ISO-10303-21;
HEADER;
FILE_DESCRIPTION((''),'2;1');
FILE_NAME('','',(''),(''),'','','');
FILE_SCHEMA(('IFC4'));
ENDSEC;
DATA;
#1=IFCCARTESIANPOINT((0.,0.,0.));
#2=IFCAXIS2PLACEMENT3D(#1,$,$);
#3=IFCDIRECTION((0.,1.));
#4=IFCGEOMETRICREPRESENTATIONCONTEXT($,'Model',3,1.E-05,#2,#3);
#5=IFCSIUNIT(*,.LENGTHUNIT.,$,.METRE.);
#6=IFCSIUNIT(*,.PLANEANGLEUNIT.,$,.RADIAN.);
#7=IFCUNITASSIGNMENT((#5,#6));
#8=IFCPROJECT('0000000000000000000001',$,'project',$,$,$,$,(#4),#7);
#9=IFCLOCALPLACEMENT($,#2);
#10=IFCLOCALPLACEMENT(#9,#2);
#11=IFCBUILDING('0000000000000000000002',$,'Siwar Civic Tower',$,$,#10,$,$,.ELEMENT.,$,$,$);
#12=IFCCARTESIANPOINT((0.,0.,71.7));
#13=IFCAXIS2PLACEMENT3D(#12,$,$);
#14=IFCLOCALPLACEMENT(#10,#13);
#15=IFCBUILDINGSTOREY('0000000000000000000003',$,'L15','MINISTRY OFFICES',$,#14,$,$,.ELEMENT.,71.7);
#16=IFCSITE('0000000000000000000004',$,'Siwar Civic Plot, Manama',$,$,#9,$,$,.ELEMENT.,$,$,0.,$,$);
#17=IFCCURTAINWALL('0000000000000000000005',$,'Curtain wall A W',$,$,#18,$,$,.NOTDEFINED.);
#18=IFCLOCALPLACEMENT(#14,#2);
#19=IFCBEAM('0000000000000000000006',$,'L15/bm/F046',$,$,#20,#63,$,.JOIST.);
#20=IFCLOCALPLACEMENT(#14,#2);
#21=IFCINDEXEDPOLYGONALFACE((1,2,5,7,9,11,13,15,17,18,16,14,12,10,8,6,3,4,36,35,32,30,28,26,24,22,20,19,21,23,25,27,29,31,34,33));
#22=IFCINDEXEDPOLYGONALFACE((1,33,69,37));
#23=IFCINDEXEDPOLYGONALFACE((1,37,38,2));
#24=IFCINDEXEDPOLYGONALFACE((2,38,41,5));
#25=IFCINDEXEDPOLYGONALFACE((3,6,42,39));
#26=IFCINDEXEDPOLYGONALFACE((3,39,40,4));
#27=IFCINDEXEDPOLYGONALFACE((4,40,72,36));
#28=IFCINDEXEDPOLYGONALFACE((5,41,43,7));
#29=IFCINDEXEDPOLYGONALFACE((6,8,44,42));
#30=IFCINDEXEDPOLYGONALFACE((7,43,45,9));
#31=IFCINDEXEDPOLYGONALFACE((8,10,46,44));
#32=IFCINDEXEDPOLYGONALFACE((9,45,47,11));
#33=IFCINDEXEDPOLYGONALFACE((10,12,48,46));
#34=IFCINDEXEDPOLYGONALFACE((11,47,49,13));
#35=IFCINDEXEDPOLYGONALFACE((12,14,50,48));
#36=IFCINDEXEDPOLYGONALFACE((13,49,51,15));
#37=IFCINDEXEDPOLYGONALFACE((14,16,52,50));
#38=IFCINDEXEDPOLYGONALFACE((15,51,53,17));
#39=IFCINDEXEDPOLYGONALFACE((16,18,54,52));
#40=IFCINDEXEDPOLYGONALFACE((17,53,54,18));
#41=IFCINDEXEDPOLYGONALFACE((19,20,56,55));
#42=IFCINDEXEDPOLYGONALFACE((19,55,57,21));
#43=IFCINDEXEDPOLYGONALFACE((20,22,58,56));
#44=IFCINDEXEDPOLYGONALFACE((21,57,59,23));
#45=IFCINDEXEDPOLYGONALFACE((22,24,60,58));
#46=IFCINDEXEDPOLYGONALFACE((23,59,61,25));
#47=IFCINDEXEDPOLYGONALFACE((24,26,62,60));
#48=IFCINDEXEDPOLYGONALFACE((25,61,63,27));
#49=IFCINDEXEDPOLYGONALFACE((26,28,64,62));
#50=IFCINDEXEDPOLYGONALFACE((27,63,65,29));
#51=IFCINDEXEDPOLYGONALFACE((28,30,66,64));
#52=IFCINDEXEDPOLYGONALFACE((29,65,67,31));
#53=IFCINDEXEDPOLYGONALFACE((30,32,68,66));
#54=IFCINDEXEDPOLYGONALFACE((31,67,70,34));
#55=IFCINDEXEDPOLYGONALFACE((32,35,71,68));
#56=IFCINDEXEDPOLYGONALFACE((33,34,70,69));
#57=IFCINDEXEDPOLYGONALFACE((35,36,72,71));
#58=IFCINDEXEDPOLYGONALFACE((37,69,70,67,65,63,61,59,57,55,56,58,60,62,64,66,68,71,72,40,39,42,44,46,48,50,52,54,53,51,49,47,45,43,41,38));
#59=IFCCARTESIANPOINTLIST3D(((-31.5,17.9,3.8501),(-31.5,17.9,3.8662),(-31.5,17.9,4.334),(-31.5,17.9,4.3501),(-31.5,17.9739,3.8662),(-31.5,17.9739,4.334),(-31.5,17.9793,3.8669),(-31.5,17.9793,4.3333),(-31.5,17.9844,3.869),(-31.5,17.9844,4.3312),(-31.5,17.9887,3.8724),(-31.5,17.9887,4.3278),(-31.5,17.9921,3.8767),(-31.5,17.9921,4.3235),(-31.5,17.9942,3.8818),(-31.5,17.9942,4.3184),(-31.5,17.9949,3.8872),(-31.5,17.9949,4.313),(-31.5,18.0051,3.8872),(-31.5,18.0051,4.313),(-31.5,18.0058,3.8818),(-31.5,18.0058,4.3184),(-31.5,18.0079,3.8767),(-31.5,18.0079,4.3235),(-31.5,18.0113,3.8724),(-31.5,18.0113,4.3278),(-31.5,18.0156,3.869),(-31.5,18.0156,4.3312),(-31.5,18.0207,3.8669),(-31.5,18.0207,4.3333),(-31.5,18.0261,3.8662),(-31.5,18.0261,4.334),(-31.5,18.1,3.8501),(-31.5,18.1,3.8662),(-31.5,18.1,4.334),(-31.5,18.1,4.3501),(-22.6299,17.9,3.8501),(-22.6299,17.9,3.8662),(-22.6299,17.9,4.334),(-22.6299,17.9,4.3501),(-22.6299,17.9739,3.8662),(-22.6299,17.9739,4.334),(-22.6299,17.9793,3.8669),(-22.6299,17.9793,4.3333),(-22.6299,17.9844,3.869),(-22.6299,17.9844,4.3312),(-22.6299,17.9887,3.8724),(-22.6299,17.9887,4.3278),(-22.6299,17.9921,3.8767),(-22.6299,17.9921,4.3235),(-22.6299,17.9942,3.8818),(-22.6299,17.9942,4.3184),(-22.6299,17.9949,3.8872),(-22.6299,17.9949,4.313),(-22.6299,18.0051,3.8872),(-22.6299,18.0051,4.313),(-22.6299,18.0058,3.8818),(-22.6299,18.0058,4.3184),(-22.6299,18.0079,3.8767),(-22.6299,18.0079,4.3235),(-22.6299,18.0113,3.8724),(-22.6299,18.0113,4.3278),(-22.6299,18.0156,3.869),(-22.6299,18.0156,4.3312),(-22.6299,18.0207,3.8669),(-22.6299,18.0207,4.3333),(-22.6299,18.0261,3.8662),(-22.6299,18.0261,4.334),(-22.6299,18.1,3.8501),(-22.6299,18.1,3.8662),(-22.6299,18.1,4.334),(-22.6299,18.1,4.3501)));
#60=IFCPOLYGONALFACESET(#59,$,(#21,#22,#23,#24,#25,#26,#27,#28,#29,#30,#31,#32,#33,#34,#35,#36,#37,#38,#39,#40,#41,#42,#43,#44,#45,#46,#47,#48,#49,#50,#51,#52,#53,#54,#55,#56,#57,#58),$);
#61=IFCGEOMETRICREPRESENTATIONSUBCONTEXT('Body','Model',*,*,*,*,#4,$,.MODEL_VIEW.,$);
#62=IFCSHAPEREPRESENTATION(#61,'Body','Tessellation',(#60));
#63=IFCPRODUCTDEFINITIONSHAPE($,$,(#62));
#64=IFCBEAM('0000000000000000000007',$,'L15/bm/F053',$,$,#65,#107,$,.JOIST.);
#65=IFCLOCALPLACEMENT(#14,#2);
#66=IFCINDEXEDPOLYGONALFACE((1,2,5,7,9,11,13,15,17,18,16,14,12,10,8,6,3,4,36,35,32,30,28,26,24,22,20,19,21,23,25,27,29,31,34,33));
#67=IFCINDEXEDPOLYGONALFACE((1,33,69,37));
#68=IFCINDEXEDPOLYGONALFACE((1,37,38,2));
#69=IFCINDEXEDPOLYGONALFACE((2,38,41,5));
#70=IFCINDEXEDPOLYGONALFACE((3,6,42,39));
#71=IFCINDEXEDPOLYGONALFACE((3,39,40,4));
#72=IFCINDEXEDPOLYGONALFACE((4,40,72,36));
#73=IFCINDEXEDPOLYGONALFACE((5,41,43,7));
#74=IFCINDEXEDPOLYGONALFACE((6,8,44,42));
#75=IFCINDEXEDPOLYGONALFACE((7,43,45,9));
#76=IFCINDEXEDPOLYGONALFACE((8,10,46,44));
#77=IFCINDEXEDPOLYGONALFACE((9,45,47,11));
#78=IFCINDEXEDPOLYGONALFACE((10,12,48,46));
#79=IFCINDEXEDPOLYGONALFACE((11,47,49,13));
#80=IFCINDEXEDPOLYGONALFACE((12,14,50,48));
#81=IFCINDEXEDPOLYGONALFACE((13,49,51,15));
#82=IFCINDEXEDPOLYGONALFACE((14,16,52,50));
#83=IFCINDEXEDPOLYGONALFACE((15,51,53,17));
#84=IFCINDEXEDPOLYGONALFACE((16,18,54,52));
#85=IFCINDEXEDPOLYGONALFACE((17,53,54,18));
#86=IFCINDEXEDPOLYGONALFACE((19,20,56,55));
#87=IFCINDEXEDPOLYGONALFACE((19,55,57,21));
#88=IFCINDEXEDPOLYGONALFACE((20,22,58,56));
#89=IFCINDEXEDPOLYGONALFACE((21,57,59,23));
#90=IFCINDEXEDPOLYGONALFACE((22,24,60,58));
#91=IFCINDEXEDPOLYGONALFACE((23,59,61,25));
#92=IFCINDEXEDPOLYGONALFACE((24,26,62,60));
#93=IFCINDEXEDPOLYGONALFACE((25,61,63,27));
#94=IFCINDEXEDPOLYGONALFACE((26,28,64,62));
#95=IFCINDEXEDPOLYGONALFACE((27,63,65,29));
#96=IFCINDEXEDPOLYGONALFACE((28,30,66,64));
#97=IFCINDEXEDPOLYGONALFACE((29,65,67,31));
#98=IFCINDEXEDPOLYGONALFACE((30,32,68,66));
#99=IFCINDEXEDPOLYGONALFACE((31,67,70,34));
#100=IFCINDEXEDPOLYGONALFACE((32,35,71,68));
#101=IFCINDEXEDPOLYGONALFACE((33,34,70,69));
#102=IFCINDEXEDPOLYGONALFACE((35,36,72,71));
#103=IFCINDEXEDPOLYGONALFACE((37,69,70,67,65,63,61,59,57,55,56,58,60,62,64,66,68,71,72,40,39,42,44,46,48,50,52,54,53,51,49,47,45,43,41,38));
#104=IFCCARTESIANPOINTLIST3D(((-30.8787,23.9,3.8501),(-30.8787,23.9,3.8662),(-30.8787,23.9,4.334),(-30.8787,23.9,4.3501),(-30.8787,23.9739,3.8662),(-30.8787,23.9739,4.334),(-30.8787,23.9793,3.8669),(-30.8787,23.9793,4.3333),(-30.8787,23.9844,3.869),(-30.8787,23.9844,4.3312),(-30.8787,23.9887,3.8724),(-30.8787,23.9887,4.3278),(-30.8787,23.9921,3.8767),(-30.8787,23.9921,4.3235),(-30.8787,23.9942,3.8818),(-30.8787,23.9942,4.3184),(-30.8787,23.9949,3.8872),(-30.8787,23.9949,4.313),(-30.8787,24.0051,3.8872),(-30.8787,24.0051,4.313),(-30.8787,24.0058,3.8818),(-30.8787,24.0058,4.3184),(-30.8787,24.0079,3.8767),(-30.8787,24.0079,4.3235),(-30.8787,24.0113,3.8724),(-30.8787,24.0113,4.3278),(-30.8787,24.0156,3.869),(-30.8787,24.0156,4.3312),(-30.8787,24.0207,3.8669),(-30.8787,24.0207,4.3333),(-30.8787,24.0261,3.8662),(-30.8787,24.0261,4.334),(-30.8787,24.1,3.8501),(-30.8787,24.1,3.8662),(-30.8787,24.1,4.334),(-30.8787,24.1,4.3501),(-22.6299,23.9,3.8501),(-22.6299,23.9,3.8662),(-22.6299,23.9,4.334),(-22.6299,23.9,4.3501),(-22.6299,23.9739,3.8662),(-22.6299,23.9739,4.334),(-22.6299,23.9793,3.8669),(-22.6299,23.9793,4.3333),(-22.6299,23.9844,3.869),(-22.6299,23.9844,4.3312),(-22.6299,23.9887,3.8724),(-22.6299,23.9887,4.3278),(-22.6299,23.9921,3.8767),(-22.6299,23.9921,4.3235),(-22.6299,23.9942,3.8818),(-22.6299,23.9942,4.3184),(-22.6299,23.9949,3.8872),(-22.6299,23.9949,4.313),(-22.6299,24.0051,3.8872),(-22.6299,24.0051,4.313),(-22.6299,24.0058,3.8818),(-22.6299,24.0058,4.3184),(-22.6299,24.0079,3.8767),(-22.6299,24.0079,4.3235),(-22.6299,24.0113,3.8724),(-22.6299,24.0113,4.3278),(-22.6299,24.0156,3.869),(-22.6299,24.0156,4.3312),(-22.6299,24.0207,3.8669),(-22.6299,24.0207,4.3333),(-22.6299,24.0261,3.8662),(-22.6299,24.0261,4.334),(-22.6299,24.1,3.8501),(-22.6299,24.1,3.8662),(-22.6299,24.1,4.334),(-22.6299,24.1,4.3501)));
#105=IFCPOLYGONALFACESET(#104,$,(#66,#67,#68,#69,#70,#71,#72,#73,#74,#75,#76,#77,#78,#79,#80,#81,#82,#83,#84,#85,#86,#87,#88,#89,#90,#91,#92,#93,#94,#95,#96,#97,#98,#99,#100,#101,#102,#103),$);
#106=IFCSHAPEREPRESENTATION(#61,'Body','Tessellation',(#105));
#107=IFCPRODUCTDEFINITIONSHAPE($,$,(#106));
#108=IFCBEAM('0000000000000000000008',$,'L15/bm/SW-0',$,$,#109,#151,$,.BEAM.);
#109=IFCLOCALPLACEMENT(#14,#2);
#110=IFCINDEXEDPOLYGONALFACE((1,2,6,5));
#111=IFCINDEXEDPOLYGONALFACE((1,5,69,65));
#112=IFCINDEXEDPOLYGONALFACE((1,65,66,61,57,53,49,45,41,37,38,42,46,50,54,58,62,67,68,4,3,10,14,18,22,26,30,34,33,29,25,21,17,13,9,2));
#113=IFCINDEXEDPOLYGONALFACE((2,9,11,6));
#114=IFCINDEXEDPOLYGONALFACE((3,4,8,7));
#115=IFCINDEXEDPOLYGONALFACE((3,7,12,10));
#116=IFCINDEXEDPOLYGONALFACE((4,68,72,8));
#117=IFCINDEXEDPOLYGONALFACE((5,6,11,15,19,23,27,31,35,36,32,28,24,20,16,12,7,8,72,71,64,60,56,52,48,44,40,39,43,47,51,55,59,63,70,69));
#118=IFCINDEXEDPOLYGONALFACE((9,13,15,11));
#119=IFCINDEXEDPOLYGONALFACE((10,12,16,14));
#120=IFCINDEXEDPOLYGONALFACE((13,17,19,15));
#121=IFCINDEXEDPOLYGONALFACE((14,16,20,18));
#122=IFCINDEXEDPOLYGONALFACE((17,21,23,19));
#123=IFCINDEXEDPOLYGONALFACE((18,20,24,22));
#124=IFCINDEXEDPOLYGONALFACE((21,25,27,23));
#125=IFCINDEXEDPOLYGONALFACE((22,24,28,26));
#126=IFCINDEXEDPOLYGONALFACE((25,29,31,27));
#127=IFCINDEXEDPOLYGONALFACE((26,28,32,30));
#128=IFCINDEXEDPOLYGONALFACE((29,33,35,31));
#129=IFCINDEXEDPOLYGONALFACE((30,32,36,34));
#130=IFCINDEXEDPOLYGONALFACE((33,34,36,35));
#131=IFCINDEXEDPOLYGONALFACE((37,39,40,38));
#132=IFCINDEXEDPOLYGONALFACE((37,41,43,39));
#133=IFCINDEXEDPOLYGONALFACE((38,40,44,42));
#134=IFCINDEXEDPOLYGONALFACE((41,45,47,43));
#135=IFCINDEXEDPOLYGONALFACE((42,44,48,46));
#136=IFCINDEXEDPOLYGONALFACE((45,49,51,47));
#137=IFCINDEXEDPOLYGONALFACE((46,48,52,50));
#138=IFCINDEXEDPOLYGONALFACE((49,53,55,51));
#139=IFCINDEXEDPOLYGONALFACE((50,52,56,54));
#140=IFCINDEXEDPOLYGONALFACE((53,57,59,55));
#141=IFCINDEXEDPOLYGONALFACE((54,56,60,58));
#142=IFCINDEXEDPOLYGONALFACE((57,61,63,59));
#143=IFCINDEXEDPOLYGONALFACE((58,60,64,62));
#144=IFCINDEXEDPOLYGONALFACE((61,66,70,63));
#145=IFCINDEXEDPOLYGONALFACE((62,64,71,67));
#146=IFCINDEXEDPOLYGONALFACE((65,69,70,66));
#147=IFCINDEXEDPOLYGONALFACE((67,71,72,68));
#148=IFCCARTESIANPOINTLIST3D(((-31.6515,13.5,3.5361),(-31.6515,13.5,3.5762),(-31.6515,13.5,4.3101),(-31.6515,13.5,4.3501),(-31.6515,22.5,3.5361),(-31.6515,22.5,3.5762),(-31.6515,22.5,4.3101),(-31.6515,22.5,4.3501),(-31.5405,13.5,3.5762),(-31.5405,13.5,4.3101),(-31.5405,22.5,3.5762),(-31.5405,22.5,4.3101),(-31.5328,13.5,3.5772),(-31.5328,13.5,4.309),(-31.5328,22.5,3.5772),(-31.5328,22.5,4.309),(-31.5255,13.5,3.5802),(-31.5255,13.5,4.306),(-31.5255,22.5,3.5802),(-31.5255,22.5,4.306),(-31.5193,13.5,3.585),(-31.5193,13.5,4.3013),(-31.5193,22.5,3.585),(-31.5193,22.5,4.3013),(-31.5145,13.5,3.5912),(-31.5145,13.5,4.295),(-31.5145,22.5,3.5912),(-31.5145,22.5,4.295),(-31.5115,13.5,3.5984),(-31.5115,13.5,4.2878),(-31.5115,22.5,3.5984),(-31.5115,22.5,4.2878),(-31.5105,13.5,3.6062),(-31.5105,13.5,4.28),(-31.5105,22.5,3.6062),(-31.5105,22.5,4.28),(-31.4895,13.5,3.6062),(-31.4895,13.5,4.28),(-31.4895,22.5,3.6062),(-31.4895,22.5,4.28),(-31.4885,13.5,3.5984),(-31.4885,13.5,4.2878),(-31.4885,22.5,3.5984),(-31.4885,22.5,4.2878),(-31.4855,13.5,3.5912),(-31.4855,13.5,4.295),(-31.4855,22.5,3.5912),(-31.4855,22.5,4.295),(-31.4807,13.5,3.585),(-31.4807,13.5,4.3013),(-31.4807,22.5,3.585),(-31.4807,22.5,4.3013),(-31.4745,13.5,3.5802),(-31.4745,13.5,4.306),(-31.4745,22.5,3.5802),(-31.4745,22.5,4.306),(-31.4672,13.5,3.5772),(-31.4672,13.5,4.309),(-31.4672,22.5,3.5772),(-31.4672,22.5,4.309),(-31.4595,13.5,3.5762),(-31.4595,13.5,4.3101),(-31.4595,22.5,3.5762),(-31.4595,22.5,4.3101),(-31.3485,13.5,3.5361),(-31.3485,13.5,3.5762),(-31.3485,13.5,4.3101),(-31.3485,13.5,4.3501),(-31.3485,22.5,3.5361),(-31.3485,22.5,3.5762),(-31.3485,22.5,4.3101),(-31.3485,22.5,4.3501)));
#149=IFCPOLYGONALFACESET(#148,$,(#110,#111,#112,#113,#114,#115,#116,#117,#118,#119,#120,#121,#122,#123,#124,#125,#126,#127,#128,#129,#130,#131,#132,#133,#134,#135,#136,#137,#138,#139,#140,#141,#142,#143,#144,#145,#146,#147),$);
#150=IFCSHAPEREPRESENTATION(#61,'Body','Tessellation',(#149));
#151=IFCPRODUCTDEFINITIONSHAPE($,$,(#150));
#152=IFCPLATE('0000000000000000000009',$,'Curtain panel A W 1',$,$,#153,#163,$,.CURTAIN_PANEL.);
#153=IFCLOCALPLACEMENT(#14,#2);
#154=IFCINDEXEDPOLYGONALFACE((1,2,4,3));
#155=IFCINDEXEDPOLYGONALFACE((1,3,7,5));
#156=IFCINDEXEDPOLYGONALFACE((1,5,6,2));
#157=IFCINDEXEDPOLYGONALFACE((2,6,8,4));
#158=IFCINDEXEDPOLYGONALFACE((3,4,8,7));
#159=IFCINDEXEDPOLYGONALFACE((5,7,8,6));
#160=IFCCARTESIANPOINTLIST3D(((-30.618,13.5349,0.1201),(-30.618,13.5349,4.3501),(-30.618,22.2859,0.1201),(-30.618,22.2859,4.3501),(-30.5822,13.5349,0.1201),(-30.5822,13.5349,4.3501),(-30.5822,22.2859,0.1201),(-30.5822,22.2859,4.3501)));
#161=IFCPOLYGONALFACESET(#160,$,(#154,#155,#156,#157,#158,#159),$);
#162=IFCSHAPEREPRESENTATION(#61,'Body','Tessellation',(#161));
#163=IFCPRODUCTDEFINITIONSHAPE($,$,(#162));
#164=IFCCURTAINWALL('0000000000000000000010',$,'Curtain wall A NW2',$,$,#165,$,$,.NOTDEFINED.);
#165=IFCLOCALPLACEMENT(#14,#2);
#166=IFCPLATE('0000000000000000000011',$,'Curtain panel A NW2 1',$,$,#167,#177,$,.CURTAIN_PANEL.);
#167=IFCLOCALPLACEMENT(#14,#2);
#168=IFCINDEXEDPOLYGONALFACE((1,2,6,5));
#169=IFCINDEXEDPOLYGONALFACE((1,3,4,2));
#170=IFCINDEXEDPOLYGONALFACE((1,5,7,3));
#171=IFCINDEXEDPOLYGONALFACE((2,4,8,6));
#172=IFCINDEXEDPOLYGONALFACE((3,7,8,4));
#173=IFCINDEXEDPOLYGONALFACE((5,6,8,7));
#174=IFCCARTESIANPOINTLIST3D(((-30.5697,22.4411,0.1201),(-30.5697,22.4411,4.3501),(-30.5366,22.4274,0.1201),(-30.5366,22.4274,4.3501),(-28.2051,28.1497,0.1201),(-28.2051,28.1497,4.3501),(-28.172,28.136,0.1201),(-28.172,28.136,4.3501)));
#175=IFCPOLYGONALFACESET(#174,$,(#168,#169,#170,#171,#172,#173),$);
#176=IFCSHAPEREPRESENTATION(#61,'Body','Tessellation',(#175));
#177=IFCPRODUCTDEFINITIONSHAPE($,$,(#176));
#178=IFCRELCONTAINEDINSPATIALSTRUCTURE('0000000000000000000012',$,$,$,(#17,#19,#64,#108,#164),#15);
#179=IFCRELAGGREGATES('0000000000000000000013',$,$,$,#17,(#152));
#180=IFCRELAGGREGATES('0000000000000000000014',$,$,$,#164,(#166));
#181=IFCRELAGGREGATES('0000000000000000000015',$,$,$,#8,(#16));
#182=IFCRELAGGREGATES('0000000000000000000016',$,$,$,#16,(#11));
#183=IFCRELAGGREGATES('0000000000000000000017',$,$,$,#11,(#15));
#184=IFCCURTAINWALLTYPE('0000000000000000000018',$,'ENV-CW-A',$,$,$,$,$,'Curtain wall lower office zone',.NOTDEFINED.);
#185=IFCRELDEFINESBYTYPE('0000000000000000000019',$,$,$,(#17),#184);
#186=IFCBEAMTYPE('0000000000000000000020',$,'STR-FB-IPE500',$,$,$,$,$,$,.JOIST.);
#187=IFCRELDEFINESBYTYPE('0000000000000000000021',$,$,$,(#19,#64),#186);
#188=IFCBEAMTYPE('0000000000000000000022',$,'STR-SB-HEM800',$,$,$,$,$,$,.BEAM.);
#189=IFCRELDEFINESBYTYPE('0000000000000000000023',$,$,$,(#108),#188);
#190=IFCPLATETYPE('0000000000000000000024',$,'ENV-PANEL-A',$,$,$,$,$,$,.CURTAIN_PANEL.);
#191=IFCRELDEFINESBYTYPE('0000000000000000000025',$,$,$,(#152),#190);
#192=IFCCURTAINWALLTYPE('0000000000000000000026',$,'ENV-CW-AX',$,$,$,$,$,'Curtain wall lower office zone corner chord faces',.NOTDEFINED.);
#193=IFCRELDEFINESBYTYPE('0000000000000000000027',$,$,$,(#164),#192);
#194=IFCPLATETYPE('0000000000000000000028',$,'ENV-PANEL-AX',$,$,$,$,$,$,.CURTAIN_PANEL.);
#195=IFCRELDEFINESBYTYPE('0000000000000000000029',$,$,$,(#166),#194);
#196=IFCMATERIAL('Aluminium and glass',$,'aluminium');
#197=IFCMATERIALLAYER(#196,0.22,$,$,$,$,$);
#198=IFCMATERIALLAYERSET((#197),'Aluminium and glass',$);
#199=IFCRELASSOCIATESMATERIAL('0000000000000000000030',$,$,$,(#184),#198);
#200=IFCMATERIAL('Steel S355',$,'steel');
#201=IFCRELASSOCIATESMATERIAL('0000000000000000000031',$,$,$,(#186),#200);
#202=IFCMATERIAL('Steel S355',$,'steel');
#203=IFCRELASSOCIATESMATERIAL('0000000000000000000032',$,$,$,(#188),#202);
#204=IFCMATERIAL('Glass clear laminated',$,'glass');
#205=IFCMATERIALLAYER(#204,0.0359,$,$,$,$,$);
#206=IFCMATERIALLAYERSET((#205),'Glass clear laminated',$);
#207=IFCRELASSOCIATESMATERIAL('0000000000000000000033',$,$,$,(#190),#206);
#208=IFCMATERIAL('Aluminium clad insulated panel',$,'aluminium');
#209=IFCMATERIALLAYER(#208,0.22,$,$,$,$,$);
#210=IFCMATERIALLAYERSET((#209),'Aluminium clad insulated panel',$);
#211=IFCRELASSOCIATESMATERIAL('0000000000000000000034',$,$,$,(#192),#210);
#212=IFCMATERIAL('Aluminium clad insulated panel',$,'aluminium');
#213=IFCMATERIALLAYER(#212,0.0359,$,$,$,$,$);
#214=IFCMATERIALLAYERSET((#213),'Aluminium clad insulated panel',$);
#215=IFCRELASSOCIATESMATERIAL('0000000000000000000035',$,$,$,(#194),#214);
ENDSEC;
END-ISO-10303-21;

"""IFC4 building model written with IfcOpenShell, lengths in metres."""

from ifc_helpers import new_model, si_unit, direction, frame, origin, origin_2d, place, context, subcontext, project, spatial, rectangle, i_section, extrude, material, layer, layer_set, material_profile, profile_set, type_object, element, aggregate, save


model = new_model("IFC4")

# Units and contexts
model_context = context("Model", 3, precision=1e-05, world=origin(), true_north=direction((0.0, 1.0)))
body_context = subcontext(model_context, "Body", "Model", "MODEL_VIEW")
ifc_project = project(units=[si_unit("LENGTHUNIT", "METRE"), si_unit("PLANEANGLEUNIT", "RADIAN")], contexts=[model_context])

# Site, building, storey
site_placement = place(None, origin())
site = spatial("IfcSite", under=ifc_project, at=site_placement, Name="Siwar Civic Plot, Manama", CompositionType="ELEMENT", RefElevation=0.0)
building_placement = place(site_placement, origin())
building = spatial("IfcBuilding", under=site, at=building_placement, Name="Siwar Civic Tower", CompositionType="ELEMENT")
storey_placement = place(building_placement, frame((0.0, 0.0, 71.7)))
storey = spatial("IfcBuildingStorey", under=building, at=storey_placement, Name="L15", Description="MINISTRY OFFICES", CompositionType="ELEMENT", Elevation=71.7)

# Curtain wall
ifc_material_1 = material(Name="Aluminium and glass", Category="aluminium")
ifc_layer_1 = layer(ifc_material_1, 0.22)
ifc_layer_set_1 = layer_set([ifc_layer_1], Name="Aluminium and glass")
curtain_wall_type_1 = type_object("IfcCurtainWallType", Name="ENV-CW-A", ElementType="Curtain wall lower office zone", PredefinedType="NOTDEFINED", material=ifc_layer_set_1)
curtain_wall_1_placement = place(storey_placement, origin())
curtain_wall_1 = element("IfcCurtainWall", 1, at=curtain_wall_1_placement, inside=storey, type_object=curtain_wall_type_1, Name="Curtain wall A W", PredefinedType="NOTDEFINED")

# Beams
ifc_material_2 = material(Name="Steel S355", Category="steel")
ifc_material_profile_1 = material_profile(ifc_material_2, i_section(OverallWidth=0.2, OverallDepth=0.5, WebThickness=0.0103, FlangeThickness=0.0161, FilletRadius=0.021, at=origin_2d()), Name="IPE500")
ifc_profile_set_1 = profile_set([ifc_material_profile_1], Name="Steel S355")
beam_type_1 = type_object("IfcBeamType", Name="STR-FB-IPE500", PredefinedType="JOIST", material=ifc_profile_set_1)
beam_1_placement = place(storey_placement, frame((-31.5, 18.0, 4.1001), z_axis=(1.0, 0.0, 0.0), x_axis=(0.0, 1.0, 0.0)))
element("IfcBeam", 2, at=beam_1_placement, inside=storey, type_object=beam_type_1, Name="L15/bm/F046", PredefinedType="JOIST", context=body_context, shape_type="SweptSolid", body=[
    extrude(i_section(OverallWidth=0.2, OverallDepth=0.5, WebThickness=0.0103, FlangeThickness=0.0161, FilletRadius=0.021, at=origin_2d()), origin(), (0.0, 0.0, 1.0), 8.8701),
])
beam_2_placement = place(storey_placement, frame((-30.8787, 24.0, 4.1001), z_axis=(1.0, 0.0, 0.0), x_axis=(0.0, 1.0, 0.0)))
element("IfcBeam", 3, at=beam_2_placement, inside=storey, type_object=beam_type_1, Name="L15/bm/F053", PredefinedType="JOIST", context=body_context, shape_type="SweptSolid", body=[
    extrude(i_section(OverallWidth=0.2, OverallDepth=0.5, WebThickness=0.0103, FlangeThickness=0.0161, FilletRadius=0.021, at=origin_2d()), origin(), (0.0, 0.0, 1.0), 8.2488),
])
ifc_material_3 = material(Name="Steel S355", Category="steel")
ifc_material_profile_2 = material_profile(ifc_material_3, i_section(OverallWidth=0.303, OverallDepth=0.814, WebThickness=0.021, FlangeThickness=0.04, FilletRadius=0.03, at=origin_2d()), Name="HEM800")
ifc_profile_set_2 = profile_set([ifc_material_profile_2], Name="Steel S355")
beam_type_2 = type_object("IfcBeamType", Name="STR-SB-HEM800", PredefinedType="BEAM", material=ifc_profile_set_2)
beam_3_placement = place(storey_placement, frame((-31.5, 22.5, 3.9431), z_axis=(0.0, -1.0, 0.0), x_axis=(1.0, 0.0, 0.0)))
element("IfcBeam", 4, at=beam_3_placement, inside=storey, type_object=beam_type_2, Name="L15/bm/SW-0", PredefinedType="BEAM", context=body_context, shape_type="SweptSolid", body=[
    extrude(i_section(OverallWidth=0.303, OverallDepth=0.814, WebThickness=0.021, FlangeThickness=0.04, FilletRadius=0.03, at=origin_2d()), origin(), (0.0, 0.0, 1.0), 9.0),
])

# Plate
ifc_material_4 = material(Name="Glass clear laminated", Category="glass")
ifc_layer_2 = layer(ifc_material_4, 0.0359)
ifc_layer_set_2 = layer_set([ifc_layer_2], Name="Glass clear laminated")
plate_type_1 = type_object("IfcPlateType", Name="ENV-PANEL-A", PredefinedType="CURTAIN_PANEL", material=ifc_layer_set_2)
plate_1_placement = place(storey_placement, frame((-30.6001, 17.9104, 0.1201), z_axis=(0.0, 0.0, 1.0), x_axis=(0.0, -1.0, 0.0)))
plate_1 = element("IfcPlate", 5, at=plate_1_placement, type_object=plate_type_1, Name="Curtain panel A W 1", PredefinedType="CURTAIN_PANEL", context=body_context, shape_type="SweptSolid", body=[
    extrude(rectangle(XDim=8.751, YDim=0.0359, at=origin_2d()), origin(), (0.0, 0.0, 1.0), 4.23),
])
aggregate(curtain_wall_1, [plate_1])

# Curtain wall, plate
ifc_material_5 = material(Name="Aluminium clad insulated panel", Category="aluminium")
ifc_layer_3 = layer(ifc_material_5, 0.22)
ifc_layer_set_3 = layer_set([ifc_layer_3], Name="Aluminium clad insulated panel")
curtain_wall_type_2 = type_object("IfcCurtainWallType", Name="ENV-CW-AX", ElementType="Curtain wall lower office zone corner chord faces", PredefinedType="NOTDEFINED", material=ifc_layer_set_3)
curtain_wall_2_placement = place(storey_placement, origin())
curtain_wall_2 = element("IfcCurtainWall", 6, at=curtain_wall_2_placement, inside=storey, type_object=curtain_wall_type_2, Name="Curtain wall A NW2", PredefinedType="NOTDEFINED")
ifc_material_6 = material(Name="Aluminium clad insulated panel", Category="aluminium")
ifc_layer_4 = layer(ifc_material_6, 0.0359)
ifc_layer_set_4 = layer_set([ifc_layer_4], Name="Aluminium clad insulated panel")
plate_type_2 = type_object("IfcPlateType", Name="ENV-PANEL-AX", PredefinedType="CURTAIN_PANEL", material=ifc_layer_set_4)
plate_2_placement = place(storey_placement, frame((-29.3708, 25.2886, 0.1201), z_axis=(0.0, 0.0, 1.0), x_axis=(-0.382683, -0.92388, 0.0)))
plate_2 = element("IfcPlate", 7, at=plate_2_placement, type_object=plate_type_2, Name="Curtain panel A NW2 1", PredefinedType="CURTAIN_PANEL", context=body_context, shape_type="SweptSolid", body=[
    extrude(rectangle(XDim=6.179, YDim=0.0359, at=origin_2d()), origin(), (0.0, 0.0, 1.0), 4.23),
])
aggregate(curtain_wall_2, [plate_2])

save(model, "model.ifc")
